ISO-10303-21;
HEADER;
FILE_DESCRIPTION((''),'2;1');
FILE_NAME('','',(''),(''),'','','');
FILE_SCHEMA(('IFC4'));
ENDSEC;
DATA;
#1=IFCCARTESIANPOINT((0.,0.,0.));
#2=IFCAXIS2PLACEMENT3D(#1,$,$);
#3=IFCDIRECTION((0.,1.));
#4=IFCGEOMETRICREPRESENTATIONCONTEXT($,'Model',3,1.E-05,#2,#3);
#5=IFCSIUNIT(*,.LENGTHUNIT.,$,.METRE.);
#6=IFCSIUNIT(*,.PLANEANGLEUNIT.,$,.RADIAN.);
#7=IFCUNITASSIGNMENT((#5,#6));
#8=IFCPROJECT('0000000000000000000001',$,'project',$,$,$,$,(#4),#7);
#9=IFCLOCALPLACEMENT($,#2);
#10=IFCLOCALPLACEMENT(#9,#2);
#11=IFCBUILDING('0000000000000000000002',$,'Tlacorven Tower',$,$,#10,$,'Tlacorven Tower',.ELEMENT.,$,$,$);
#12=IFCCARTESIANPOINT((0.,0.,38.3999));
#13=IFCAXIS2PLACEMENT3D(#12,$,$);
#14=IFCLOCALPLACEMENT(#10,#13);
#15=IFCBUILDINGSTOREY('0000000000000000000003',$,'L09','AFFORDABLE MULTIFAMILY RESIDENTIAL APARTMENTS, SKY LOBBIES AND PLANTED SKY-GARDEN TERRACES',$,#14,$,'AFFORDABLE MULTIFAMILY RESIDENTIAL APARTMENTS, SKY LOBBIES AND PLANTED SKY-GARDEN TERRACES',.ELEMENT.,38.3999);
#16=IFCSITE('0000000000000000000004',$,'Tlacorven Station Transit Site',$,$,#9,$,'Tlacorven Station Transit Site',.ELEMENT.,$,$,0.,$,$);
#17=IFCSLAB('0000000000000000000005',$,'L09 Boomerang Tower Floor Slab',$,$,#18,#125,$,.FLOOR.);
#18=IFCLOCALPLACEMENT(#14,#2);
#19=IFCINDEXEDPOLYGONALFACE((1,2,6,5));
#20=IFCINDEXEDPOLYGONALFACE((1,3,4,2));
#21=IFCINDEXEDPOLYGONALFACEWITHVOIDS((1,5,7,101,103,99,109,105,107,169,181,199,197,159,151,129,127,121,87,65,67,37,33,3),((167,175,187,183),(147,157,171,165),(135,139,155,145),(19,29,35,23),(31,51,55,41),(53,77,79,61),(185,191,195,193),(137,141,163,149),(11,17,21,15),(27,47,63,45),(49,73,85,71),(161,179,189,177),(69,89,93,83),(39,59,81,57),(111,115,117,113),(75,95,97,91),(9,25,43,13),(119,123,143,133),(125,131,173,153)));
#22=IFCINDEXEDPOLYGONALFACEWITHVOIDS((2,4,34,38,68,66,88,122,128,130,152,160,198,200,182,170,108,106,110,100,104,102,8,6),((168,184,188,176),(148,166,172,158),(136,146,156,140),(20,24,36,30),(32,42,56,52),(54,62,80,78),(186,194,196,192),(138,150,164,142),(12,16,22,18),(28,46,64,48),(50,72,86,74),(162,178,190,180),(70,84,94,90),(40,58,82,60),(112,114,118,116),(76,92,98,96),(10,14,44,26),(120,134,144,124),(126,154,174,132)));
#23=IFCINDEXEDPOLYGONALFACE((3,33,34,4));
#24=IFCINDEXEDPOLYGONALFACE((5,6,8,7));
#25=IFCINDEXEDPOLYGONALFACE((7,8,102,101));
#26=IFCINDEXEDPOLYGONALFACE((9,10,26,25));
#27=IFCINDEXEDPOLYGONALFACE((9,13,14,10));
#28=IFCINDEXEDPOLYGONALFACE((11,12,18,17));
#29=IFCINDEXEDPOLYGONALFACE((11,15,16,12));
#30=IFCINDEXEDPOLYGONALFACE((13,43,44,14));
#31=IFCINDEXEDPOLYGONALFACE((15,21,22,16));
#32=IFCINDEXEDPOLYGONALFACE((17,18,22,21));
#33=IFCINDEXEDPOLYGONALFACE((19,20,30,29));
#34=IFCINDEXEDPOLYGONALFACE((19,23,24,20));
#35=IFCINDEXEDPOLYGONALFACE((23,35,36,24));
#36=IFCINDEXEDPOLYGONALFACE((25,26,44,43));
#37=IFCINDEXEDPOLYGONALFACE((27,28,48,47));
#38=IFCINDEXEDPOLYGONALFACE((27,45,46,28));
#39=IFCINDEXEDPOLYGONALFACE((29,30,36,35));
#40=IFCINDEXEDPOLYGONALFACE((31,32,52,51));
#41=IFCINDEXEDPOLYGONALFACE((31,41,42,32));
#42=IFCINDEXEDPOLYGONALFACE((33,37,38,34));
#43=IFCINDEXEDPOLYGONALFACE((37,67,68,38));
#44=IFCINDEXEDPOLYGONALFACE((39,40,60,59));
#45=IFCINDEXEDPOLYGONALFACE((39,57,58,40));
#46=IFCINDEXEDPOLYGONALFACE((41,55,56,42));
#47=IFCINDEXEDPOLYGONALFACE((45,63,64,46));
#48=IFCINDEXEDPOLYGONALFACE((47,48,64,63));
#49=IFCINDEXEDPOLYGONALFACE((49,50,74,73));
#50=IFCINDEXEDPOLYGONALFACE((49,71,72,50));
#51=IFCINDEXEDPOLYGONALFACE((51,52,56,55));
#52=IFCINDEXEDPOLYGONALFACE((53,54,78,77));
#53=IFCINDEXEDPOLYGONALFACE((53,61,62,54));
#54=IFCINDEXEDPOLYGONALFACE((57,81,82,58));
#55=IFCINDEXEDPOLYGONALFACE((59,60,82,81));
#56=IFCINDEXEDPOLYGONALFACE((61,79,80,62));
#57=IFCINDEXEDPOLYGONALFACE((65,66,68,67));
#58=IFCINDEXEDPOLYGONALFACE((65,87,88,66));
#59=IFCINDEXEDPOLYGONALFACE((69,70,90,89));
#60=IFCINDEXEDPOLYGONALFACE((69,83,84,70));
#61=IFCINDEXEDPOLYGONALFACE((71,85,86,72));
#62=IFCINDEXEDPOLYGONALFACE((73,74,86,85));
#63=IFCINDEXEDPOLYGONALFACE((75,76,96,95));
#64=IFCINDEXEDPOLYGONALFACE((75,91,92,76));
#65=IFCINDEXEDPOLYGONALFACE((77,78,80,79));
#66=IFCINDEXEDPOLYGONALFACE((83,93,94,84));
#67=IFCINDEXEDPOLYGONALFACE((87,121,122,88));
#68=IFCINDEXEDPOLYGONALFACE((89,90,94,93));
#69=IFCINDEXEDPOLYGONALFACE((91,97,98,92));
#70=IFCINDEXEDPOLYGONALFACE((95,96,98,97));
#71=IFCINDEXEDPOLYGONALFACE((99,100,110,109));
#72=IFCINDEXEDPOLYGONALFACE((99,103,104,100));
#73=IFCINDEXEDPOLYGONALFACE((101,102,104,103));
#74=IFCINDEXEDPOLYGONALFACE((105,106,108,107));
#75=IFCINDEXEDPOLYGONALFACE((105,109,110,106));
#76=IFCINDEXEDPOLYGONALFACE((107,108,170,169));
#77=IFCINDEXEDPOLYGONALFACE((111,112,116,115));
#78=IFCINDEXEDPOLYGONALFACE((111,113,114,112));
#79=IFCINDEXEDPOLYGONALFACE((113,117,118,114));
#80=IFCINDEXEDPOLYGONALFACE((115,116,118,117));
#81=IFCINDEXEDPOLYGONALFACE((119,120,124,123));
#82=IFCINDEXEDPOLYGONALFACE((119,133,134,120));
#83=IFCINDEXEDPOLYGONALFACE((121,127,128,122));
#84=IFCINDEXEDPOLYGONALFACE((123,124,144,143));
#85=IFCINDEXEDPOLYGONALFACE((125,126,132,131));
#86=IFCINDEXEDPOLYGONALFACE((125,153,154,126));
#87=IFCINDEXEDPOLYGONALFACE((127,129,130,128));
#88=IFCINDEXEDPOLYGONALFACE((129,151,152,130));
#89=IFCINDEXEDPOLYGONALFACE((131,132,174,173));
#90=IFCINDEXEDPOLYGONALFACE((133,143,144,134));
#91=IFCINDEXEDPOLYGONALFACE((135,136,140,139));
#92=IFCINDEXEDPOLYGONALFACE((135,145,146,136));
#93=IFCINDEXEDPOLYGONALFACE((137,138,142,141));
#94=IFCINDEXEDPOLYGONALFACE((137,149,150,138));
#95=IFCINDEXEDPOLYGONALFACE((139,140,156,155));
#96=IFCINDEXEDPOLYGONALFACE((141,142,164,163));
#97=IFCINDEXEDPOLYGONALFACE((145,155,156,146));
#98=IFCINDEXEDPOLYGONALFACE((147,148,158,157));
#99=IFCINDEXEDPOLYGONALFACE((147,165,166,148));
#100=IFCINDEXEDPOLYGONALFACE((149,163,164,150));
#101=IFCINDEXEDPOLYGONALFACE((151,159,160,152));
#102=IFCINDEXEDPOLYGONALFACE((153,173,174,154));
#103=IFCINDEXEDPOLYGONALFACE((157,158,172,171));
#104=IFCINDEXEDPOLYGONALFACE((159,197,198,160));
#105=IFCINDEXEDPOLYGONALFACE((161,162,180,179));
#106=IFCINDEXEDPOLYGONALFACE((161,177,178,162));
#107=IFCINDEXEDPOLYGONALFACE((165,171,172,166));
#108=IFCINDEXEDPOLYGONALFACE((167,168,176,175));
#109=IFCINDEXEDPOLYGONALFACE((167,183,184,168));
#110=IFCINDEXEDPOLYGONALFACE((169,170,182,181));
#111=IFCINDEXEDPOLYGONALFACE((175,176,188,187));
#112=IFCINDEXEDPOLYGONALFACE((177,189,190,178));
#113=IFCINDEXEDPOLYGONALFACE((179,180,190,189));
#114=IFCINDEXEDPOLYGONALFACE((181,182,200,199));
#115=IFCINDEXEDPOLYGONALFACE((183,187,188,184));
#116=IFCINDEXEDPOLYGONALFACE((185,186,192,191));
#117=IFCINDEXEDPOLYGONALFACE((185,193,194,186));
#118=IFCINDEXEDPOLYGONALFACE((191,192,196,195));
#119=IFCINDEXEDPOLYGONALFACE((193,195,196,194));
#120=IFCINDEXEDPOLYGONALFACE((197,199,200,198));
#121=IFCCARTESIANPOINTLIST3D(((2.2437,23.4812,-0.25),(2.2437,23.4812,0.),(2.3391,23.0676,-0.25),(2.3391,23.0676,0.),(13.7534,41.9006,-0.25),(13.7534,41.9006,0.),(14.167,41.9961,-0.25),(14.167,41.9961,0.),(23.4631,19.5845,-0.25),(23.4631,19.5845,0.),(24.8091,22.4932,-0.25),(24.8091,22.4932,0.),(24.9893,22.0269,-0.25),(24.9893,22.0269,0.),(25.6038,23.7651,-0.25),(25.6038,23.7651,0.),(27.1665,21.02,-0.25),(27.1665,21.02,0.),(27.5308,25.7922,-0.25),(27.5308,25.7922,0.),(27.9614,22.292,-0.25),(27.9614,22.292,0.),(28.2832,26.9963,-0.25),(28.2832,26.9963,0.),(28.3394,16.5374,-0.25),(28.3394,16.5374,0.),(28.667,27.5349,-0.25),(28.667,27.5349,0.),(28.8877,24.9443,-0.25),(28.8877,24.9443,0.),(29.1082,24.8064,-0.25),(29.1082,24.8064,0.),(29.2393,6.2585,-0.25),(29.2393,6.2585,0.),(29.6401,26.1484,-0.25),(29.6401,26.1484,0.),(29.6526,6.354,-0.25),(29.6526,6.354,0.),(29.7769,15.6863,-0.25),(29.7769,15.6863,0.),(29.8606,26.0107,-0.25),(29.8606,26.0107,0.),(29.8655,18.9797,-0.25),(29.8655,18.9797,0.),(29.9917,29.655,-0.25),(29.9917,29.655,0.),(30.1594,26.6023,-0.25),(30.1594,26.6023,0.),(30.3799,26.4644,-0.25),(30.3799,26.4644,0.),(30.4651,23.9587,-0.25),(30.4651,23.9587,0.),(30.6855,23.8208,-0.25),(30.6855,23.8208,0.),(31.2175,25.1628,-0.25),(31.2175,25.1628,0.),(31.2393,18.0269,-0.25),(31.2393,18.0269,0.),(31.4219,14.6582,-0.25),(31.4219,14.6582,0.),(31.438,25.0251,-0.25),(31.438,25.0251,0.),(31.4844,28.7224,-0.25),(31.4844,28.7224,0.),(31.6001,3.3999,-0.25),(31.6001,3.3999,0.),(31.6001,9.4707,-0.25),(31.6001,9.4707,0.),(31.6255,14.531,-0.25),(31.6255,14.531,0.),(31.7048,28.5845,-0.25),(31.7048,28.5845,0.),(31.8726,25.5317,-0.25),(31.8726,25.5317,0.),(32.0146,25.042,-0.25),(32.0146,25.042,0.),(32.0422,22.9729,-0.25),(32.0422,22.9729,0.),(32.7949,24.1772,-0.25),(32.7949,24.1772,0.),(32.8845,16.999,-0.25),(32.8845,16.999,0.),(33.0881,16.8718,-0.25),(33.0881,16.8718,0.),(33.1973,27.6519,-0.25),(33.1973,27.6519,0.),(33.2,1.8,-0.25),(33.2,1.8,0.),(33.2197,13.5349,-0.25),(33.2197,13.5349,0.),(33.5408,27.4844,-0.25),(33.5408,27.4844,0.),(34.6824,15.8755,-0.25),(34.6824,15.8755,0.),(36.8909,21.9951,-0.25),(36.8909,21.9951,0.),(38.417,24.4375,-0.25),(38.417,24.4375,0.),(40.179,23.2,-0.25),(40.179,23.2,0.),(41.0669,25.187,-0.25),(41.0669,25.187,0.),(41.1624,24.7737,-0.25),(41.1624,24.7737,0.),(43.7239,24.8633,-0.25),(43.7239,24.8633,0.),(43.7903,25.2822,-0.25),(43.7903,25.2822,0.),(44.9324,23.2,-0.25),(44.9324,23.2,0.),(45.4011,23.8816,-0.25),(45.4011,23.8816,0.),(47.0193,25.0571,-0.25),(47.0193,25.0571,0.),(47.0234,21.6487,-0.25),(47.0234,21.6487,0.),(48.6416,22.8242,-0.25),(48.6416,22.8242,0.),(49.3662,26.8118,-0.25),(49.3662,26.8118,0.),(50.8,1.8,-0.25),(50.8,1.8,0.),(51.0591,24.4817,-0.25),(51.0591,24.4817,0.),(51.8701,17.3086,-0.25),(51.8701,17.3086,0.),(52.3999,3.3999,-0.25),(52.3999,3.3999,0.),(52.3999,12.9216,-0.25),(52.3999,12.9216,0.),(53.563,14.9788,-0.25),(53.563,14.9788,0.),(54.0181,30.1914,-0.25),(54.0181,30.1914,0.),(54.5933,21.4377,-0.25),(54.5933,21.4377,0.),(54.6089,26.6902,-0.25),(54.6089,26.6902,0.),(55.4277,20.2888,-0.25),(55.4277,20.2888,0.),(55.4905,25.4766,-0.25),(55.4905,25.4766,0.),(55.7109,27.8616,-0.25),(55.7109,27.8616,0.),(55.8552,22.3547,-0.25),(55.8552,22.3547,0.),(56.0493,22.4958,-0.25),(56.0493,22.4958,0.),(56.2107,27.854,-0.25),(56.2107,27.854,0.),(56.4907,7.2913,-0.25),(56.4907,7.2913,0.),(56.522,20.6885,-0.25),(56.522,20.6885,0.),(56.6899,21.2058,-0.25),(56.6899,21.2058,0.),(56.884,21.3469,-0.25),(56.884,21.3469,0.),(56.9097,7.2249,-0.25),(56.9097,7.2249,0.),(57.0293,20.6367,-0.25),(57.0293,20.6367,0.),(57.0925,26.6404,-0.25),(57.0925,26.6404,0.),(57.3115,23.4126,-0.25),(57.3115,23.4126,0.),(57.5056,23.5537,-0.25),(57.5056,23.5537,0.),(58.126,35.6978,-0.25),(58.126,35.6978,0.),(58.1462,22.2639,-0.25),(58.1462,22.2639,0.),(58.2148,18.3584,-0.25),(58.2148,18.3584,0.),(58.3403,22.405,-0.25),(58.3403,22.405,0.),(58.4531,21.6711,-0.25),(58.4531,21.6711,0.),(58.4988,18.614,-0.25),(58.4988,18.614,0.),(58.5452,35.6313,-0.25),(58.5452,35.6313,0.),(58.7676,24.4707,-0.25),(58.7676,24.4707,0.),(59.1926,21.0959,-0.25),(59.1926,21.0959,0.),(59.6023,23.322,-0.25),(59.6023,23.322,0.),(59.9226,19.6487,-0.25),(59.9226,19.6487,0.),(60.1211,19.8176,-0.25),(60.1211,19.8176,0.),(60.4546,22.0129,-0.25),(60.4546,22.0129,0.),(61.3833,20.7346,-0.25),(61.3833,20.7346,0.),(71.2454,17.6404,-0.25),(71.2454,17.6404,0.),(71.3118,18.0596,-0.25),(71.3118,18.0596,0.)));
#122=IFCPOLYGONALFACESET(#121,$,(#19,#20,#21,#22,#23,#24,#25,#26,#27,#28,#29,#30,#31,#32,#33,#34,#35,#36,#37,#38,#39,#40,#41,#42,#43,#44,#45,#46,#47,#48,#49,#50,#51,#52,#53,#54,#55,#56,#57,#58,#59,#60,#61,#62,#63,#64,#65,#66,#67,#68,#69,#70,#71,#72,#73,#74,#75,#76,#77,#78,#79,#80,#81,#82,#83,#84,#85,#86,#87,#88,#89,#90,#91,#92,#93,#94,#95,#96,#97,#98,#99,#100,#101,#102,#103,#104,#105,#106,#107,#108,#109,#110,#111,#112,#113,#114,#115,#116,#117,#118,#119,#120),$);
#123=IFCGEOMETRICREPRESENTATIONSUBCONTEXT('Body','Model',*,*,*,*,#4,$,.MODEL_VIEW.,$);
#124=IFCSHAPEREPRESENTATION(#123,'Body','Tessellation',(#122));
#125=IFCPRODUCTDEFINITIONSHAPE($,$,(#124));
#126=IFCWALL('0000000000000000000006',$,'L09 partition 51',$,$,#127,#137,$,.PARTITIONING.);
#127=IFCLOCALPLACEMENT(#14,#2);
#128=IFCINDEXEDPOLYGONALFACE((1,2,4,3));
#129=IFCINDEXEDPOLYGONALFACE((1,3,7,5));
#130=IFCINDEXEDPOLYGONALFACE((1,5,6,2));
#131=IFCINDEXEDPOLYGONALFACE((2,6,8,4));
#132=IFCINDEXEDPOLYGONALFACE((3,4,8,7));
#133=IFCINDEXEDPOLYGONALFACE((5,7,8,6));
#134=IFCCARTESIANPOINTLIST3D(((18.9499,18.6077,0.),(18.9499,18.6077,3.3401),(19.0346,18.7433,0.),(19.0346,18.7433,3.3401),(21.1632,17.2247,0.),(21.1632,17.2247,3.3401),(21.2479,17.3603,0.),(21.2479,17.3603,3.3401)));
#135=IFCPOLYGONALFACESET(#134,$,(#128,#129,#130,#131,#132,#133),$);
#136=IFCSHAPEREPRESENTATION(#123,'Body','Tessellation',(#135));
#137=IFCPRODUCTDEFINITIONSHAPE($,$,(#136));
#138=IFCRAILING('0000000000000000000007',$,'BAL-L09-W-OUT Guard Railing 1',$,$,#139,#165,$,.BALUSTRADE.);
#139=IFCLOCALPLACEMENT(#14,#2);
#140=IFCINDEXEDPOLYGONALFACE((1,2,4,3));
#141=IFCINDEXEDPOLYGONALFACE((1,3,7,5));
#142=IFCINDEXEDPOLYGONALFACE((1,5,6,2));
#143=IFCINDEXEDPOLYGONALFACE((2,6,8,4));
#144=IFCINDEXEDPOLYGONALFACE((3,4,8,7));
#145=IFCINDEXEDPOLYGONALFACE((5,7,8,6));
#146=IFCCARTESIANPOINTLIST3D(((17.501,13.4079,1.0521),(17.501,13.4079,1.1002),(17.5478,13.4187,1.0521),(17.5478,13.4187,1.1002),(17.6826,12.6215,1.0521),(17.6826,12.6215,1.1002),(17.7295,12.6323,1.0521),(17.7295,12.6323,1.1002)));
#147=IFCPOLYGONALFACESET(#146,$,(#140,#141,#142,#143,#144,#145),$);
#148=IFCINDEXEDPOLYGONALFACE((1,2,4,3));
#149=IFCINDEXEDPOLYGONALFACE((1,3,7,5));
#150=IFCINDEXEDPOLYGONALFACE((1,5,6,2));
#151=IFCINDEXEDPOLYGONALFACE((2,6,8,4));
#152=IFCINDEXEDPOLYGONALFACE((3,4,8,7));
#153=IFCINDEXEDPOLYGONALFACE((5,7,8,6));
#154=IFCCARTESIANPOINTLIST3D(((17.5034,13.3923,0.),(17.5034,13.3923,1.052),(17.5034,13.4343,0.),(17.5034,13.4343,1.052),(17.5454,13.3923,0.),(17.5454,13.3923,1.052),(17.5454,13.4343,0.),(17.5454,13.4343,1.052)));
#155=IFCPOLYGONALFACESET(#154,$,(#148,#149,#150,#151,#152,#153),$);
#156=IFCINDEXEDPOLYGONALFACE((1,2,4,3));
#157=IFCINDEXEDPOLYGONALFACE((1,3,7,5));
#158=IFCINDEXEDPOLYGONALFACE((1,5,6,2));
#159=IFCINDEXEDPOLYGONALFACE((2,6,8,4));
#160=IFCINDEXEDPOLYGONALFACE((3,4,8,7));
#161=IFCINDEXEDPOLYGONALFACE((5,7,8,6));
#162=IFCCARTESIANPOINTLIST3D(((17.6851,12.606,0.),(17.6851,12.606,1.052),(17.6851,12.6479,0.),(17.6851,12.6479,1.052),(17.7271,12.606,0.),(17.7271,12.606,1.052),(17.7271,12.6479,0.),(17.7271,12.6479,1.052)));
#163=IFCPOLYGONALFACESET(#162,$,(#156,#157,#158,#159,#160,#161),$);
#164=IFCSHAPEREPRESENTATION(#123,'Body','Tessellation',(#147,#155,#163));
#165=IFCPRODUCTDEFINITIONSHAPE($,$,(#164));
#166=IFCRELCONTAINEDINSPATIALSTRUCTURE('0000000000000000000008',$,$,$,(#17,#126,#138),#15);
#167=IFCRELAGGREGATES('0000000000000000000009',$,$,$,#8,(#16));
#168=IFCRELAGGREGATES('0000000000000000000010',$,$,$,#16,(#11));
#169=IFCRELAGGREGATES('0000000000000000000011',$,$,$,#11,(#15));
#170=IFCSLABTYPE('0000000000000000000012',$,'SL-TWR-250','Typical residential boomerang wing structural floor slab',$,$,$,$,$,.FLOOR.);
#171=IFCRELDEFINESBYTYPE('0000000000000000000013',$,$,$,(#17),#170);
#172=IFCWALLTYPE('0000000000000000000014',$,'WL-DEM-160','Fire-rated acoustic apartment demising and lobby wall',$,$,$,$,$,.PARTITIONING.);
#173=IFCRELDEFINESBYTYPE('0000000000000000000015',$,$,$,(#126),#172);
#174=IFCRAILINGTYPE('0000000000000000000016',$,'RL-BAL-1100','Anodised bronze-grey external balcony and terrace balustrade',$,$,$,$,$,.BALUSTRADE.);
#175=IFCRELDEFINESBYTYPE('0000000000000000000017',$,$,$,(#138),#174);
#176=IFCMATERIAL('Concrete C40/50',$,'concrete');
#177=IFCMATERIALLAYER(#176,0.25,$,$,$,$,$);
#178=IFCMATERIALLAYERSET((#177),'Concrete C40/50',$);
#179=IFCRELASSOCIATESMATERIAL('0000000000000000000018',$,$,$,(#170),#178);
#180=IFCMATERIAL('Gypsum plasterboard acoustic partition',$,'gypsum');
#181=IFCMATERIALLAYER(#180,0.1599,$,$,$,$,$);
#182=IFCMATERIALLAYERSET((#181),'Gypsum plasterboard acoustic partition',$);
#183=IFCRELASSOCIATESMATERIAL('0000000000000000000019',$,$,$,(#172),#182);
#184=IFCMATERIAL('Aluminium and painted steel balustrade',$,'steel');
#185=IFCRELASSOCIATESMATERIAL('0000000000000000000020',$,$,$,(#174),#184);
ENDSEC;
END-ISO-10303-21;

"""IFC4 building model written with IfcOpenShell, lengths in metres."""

from ifc_helpers import new_model, si_unit, direction, frame, frame_2d, origin, origin_2d, place, context, subcontext, project, spatial, polyline, rectangle, outline, extrude, source, transform, mapped, material, layer, layer_set, type_object, element, save


model = new_model("IFC4")

# Units and contexts
model_context = context("Model", 3, precision=1e-05, world=origin(), true_north=direction((0.0, 1.0)))
body_context = subcontext(model_context, "Body", "Model", "MODEL_VIEW")
ifc_project = project(units=[si_unit("LENGTHUNIT", "METRE"), si_unit("PLANEANGLEUNIT", "RADIAN")], contexts=[model_context])

# Site, building, storey
site_placement = place(None, origin())
site = spatial("IfcSite", under=ifc_project, at=site_placement, Name="Tlacorven Station Transit Site", LongName="Tlacorven Station Transit Site", CompositionType="ELEMENT", RefElevation=0.0)
building_placement = place(site_placement, origin())
building = spatial("IfcBuilding", under=site, at=building_placement, Name="Tlacorven Tower", LongName="Tlacorven Tower", CompositionType="ELEMENT")
storey_placement = place(building_placement, frame((0.0, 0.0, 38.3999)))
storey = spatial("IfcBuildingStorey", under=building, at=storey_placement, Name="L09", Description="AFFORDABLE MULTIFAMILY RESIDENTIAL APARTMENTS, SKY LOBBIES AND PLANTED SKY-GARDEN TERRACES", LongName="AFFORDABLE MULTIFAMILY RESIDENTIAL APARTMENTS, SKY LOBBIES AND PLANTED SKY-GARDEN TERRACES", CompositionType="ELEMENT", Elevation=38.3999)

# Shared definitions
ifc_material_1 = material(Name="Concrete C40/50", Category="concrete")

# Slab
ifc_layer_1 = layer(ifc_material_1, 0.25)
ifc_layer_set_1 = layer_set([ifc_layer_1], Name="Concrete C40/50")
slab_type_1 = type_object("IfcSlabType", Name="SL-TWR-250", Description="Typical residential boomerang wing structural floor slab", PredefinedType="FLOOR", material=ifc_layer_set_1)
slab_1_placement = place(storey_placement, frame((0.0, 0.0, -0.25)))
element("IfcSlab", 1, at=slab_1_placement, inside=storey, type_object=slab_type_1, Name="L09 Boomerang Tower Floor Slab", PredefinedType="FLOOR", context=body_context, shape_type="SweptSolid", body=[
    extrude(outline(polyline([(52.3999, 3.3999), (50.8, 1.8), (33.2, 1.8), (31.6001, 3.3999), (31.6001, 9.4707), (29.6526, 6.354), (29.2393, 6.2585), (2.3391, 23.0676), (2.2437, 23.4812), (13.7534, 41.9006), (14.167, 41.9961), (41.0669, 25.187), (41.1624, 24.7737), (40.179, 23.2), (44.9324, 23.2), (43.7239, 24.8633), (43.7903, 25.2822), (58.126, 35.6978), (58.5452, 35.6313), (71.3118, 18.0596), (71.2454, 17.6404), (56.9097, 7.2249), (56.4907, 7.2913), (52.3999, 12.9216), (52.3999, 3.3999)]), holes=[polyline([(29.8655, 18.9797), (24.9893, 22.0269), (23.4631, 19.5845), (28.3394, 16.5374), (29.8655, 18.9797)]), polyline([(38.417, 24.4375), (33.5408, 27.4844), (32.0146, 25.042), (36.8909, 21.9951), (38.417, 24.4375)]), polyline([(51.0591, 24.4817), (55.7109, 27.8616), (54.0181, 30.1914), (49.3662, 26.8118), (51.0591, 24.4817)]), polyline([(53.563, 14.9788), (58.2148, 18.3584), (56.522, 20.6885), (51.8701, 17.3086), (53.563, 14.9788)]), polyline([(34.6824, 15.8755), (33.0881, 16.8718), (31.6255, 14.531), (33.2197, 13.5349), (34.6824, 15.8755)]), polyline([(32.8845, 16.999), (31.2393, 18.0269), (29.7769, 15.6863), (31.4219, 14.6582), (32.8845, 16.999)]), polyline([(47.0234, 21.6487), (48.6416, 22.8242), (47.0193, 25.0571), (45.4011, 23.8816), (47.0234, 21.6487)]), polyline([(33.1973, 27.6519), (31.7048, 28.5845), (30.3799, 26.4644), (31.8726, 25.5317), (33.1973, 27.6519)]), polyline([(31.4844, 28.7224), (29.9917, 29.655), (28.667, 27.5349), (30.1594, 26.6023), (31.4844, 28.7224)]), polyline([(32.7949, 24.1772), (31.438, 25.0251), (30.6855, 23.8208), (32.0422, 22.9729), (32.7949, 24.1772)]), polyline([(31.2175, 25.1628), (29.8606, 26.0107), (29.1082, 24.8064), (30.4651, 23.9587), (31.2175, 25.1628)]), polyline([(29.6401, 26.1484), (28.2832, 26.9963), (27.5308, 25.7922), (28.8877, 24.9443), (29.6401, 26.1484)]), polyline([(55.4277, 20.2888), (56.6899, 21.2058), (55.8552, 22.3547), (54.5933, 21.4377), (55.4277, 20.2888)]), polyline([(56.884, 21.3469), (58.1462, 22.2639), (57.3115, 23.4126), (56.0493, 22.4958), (56.884, 21.3469)]), polyline([(58.3403, 22.405), (59.6023, 23.322), (58.7676, 24.4707), (57.5056, 23.5537), (58.3403, 22.405)]), polyline([(58.4988, 18.614), (59.9226, 19.6487), (58.4531, 21.6711), (57.0293, 20.6367), (58.4988, 18.614)]), polyline([(27.9614, 22.292), (25.6038, 23.7651), (24.8091, 22.4932), (27.1665, 21.02), (27.9614, 22.292)]), polyline([(55.4905, 25.4766), (57.0925, 26.6404), (56.2107, 27.854), (54.6089, 26.6902), (55.4905, 25.4766)]), polyline([(60.1211, 19.8176), (61.3833, 20.7346), (60.4546, 22.0129), (59.1926, 21.0959), (60.1211, 19.8176)])]), origin(), (0.0, 0.0, 1.0), 0.25),
])

# Wall
ifc_material_2 = material(Name="Gypsum plasterboard acoustic partition", Category="gypsum")
ifc_layer_2 = layer(ifc_material_2, 0.1599)
ifc_layer_set_2 = layer_set([ifc_layer_2], Name="Gypsum plasterboard acoustic partition")
wall_type = type_object("IfcWallType", Name="WL-DEM-160", Description="Fire-rated acoustic apartment demising and lobby wall", PredefinedType="PARTITIONING", material=ifc_layer_set_2)
wall_placement = place(storey_placement, frame((21.2056, 17.2925, 0.0), z_axis=(0.0, 0.0, 1.0), x_axis=(-0.848051, 0.529915, 0.0)))
element("IfcWall", 2, at=wall_placement, inside=storey, type_object=wall_type, Name="L09 partition 51", PredefinedType="PARTITIONING", context=body_context, shape_type="SweptSolid", body=[
    extrude(rectangle(XDim=2.6099, YDim=0.1599, at=frame_2d((1.3049, 0.0))), origin(), (0.0, 0.0, 1.0), 3.3401),
])

# Railing
ifc_material_3 = material(Name="Aluminium and painted steel balustrade", Category="steel")
railing_type = type_object("IfcRailingType", Name="RL-BAL-1100", Description="Anodised bronze-grey external balcony and terrace balustrade", PredefinedType="BALUSTRADE", material=ifc_material_3)
shared_shape_1 = source(origin(), body_context, "Body", "SweptSolid", [
    extrude(rectangle(XDim=0.0481, YDim=0.0481, at=origin_2d()), frame((0.0, 0.0, 1.0762), z_axis=(0.225058, -0.974345, 0.0), x_axis=(0.974345, 0.225058, 0.0)), (0.0, 0.0, 1.0), 0.8071),
    extrude(rectangle(XDim=0.042, YDim=0.042, at=origin_2d()), origin(), (0.0, 0.0, 1.0), 1.052),
    extrude(rectangle(XDim=0.042, YDim=0.042, at=origin_2d()), frame((0.1816, -0.7864, 0.0)), (0.0, 0.0, 1.0), 1.052),
])
railing_1_placement = place(storey_placement, frame((17.5244, 13.4133, 0.0)))
element("IfcRailing", 3, at=railing_1_placement, inside=storey, type_object=railing_type, Name="BAL-L09-W-OUT Guard Railing 1", PredefinedType="BALUSTRADE", context=body_context, shape_type="MappedRepresentation", body=[
    mapped(shared_shape_1, transform((0.0, 0.0, 0.0), scale=1.0)),
])

save(model, "model.ifc")
